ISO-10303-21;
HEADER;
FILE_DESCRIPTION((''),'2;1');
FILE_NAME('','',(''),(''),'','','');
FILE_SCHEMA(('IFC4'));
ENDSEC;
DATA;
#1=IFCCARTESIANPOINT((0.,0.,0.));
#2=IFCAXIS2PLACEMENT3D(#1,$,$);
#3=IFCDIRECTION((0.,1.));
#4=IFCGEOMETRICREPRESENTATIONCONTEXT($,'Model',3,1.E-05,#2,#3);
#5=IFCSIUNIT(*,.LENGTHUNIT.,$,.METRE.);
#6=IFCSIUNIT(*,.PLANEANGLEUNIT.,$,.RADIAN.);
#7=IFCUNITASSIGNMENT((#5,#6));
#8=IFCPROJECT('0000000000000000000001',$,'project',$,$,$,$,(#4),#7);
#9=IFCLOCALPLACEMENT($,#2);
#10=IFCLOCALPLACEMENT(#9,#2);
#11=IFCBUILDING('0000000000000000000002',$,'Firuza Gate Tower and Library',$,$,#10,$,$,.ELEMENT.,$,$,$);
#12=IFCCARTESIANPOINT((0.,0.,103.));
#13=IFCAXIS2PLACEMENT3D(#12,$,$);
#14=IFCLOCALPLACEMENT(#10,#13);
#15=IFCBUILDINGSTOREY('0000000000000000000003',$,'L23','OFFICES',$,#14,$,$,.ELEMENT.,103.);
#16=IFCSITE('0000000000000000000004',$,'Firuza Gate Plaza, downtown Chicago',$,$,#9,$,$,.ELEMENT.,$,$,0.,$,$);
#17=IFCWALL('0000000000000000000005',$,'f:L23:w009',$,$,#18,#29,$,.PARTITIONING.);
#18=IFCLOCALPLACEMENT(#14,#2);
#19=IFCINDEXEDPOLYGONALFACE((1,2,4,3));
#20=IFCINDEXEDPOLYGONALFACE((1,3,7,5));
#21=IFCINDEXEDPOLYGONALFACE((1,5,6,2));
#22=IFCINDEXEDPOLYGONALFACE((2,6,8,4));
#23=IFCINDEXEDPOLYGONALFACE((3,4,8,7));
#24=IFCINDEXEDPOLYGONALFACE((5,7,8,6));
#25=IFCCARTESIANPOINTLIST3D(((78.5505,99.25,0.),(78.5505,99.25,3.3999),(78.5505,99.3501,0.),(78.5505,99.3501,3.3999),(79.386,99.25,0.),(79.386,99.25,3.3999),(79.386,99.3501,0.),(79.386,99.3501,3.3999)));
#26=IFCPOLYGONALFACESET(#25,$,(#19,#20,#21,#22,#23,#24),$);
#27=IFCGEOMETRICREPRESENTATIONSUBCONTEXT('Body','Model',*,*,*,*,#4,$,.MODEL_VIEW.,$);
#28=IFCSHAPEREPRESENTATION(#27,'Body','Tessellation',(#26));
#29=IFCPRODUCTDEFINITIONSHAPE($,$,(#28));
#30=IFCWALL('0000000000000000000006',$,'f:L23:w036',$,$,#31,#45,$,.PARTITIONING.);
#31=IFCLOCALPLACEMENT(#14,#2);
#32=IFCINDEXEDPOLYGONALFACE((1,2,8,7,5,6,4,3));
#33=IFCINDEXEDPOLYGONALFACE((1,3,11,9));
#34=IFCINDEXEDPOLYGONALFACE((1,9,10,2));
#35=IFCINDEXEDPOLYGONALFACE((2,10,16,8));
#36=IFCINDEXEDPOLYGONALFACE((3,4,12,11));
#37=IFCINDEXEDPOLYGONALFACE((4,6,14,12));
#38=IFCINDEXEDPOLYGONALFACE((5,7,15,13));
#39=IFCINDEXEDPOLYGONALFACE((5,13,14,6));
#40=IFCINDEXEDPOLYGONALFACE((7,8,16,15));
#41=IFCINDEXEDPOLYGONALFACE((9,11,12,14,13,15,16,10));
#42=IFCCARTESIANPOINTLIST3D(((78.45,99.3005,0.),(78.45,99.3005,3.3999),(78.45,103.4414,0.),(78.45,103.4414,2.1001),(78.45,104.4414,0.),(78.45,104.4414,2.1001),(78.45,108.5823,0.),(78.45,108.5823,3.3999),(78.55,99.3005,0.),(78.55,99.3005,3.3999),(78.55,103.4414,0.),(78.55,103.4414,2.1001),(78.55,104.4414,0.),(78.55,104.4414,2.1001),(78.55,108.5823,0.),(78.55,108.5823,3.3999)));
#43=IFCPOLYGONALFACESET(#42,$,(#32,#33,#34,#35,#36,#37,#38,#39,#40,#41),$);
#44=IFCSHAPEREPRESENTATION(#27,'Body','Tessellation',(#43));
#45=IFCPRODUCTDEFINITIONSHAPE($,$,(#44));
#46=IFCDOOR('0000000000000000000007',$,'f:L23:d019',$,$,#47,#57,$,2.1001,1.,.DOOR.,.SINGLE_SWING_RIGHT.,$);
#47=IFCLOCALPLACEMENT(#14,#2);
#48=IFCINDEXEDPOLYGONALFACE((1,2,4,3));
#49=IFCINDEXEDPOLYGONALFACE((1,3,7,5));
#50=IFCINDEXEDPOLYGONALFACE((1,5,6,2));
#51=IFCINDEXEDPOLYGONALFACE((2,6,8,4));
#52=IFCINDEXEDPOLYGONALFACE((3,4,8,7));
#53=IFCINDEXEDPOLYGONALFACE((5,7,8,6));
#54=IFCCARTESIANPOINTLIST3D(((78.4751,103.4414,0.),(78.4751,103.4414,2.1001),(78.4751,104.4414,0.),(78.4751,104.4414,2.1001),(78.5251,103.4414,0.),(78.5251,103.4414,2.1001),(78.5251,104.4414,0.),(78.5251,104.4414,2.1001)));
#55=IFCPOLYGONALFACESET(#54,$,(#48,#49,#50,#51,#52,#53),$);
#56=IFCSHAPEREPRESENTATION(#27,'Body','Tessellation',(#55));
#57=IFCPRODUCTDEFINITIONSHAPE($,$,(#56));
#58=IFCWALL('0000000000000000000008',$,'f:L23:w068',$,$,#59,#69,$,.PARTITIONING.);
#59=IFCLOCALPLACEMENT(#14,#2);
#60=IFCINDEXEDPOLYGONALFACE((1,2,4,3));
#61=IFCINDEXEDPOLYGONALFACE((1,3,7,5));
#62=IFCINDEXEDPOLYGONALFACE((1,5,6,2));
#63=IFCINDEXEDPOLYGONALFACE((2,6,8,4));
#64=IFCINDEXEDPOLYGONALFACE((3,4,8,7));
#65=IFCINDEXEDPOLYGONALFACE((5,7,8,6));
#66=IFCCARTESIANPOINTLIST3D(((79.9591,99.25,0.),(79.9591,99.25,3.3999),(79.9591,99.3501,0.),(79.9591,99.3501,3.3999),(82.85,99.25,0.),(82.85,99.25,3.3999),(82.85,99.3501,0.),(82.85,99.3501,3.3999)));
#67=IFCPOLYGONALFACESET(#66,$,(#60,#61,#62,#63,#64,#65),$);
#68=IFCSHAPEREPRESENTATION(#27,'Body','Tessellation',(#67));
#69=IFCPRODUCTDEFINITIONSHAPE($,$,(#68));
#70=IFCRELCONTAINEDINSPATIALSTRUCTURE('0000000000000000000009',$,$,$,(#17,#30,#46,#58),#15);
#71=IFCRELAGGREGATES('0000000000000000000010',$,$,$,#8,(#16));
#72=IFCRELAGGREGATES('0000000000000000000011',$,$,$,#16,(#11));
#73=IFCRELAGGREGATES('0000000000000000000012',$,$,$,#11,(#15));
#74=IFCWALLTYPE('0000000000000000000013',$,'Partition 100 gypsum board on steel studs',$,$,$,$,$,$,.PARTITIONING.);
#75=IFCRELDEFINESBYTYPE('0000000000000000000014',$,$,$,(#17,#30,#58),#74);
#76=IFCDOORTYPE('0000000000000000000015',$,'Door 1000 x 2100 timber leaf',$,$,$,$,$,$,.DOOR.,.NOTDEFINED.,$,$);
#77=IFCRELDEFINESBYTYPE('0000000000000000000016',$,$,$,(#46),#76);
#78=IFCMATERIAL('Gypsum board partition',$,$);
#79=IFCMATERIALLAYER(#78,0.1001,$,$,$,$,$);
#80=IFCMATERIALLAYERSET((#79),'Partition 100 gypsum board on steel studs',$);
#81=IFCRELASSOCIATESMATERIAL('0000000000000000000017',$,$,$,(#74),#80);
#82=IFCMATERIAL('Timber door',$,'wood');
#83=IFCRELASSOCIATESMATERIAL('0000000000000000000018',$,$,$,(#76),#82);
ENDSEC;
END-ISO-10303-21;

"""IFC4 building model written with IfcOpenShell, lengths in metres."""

from ifc_helpers import new_model, si_unit, direction, frame, frame_2d, origin, place, context, subcontext, project, spatial, rectangle, extrude, material, layer, layer_set, type_object, element, fill, save


model = new_model("IFC4")

# Units and contexts
model_context = context("Model", 3, precision=1e-05, world=origin(), true_north=direction((0.0, 1.0)))
body_context = subcontext(model_context, "Body", "Model", "MODEL_VIEW")
ifc_project = project(units=[si_unit("LENGTHUNIT", "METRE"), si_unit("PLANEANGLEUNIT", "RADIAN")], contexts=[model_context])

# Site, building, storey
site_placement = place(None, origin())
site = spatial("IfcSite", under=ifc_project, at=site_placement, Name="Firuza Gate Plaza, downtown Chicago", CompositionType="ELEMENT", RefElevation=0.0)
building_placement = place(site_placement, origin())
building = spatial("IfcBuilding", under=site, at=building_placement, Name="Firuza Gate Tower and Library", CompositionType="ELEMENT")
storey_placement = place(building_placement, frame((0.0, 0.0, 103.0)))
storey = spatial("IfcBuildingStorey", under=building, at=storey_placement, Name="L23", Description="OFFICES", CompositionType="ELEMENT", Elevation=103.0)

# Wall
ifc_material_1 = material(Name="Gypsum board partition")
ifc_layer_1 = layer(ifc_material_1, 0.1001)
ifc_layer_set_1 = layer_set([ifc_layer_1], Name="Partition 100 gypsum board on steel studs")
wall_type_1 = type_object("IfcWallType", Name="Partition 100 gypsum board on steel studs", PredefinedType="PARTITIONING", material=ifc_layer_set_1)
wall_1_placement = place(storey_placement, frame((78.5505, 99.3, 0.0), z_axis=(0.0, 0.0, 1.0), x_axis=(1.0, 0.0, 0.0)))
element("IfcWall", 1, at=wall_1_placement, inside=storey, type_object=wall_type_1, Name="f:L23:w009", PredefinedType="PARTITIONING", context=body_context, shape_type="SweptSolid", body=[
    extrude(rectangle(XDim=0.8354, YDim=0.1001, at=frame_2d((0.4177, 0.0))), origin(), (0.0, 0.0, 1.0), 3.3999),
])

# Wall, opening, door
wall_2_placement = place(storey_placement, frame((78.5, 99.3005, 0.0), z_axis=(0.0, 0.0, 1.0), x_axis=(0.0, 1.0, 0.0)))
wall_2 = element("IfcWall", 2, at=wall_2_placement, inside=storey, type_object=wall_type_1, Name="f:L23:w036", PredefinedType="PARTITIONING", context=body_context, shape_type="SweptSolid", body=[
    extrude(rectangle(XDim=9.2817, YDim=0.1001, at=frame_2d((4.6409, 0.0))), origin(), (0.0, 0.0, 1.0), 3.3999),
])
opening_1_placement = place(wall_2_placement, frame((4.1409, 0.0, 0.0)))
opening_1 = element("IfcOpeningElement", 3, at=opening_1_placement, cuts=wall_2, PredefinedType="OPENING", context=body_context, shape_type="SweptSolid", body=[
    extrude(rectangle(XDim=1.0, YDim=2.1001, at=frame_2d((0.5, 1.05))), frame((0.0, 0.0601, 0.0), z_axis=(0.0, -1.0, 0.0), x_axis=(1.0, 0.0, 0.0)), (0.0, 0.0, 1.0), 0.1201),
])
ifc_material_2 = material(Name="Timber door", Category="wood")
door_type_1 = type_object("IfcDoorType", Name="Door 1000 x 2100 timber leaf", OperationType="NOTDEFINED", PredefinedType="DOOR", material=ifc_material_2)
door_1_placement = place(opening_1_placement, origin())
door_1 = element("IfcDoor", 4, at=door_1_placement, inside=storey, type_object=door_type_1, Name="f:L23:d019", OperationType="SINGLE_SWING_RIGHT", OverallHeight=2.1001, OverallWidth=1.0, PredefinedType="DOOR", context=body_context, shape_type="SweptSolid", body=[
    extrude(rectangle(XDim=1.0, YDim=2.1001, at=frame_2d((0.5, 1.05))), frame((0.0, 0.0249, 0.0), z_axis=(0.0, -1.0, 0.0), x_axis=(1.0, 0.0, 0.0)), (0.0, 0.0, 1.0), 0.05),
])
fill(opening_1, door_1)

# Wall
wall_3_placement = place(storey_placement, frame((79.9592, 99.3, 0.0), z_axis=(0.0, 0.0, 1.0), x_axis=(1.0, 0.0, 0.0)))
element("IfcWall", 5, at=wall_3_placement, inside=storey, type_object=wall_type_1, Name="f:L23:w068", PredefinedType="PARTITIONING", context=body_context, shape_type="SweptSolid", body=[
    extrude(rectangle(XDim=2.8909, YDim=0.1001, at=frame_2d((1.4453, 0.0))), origin(), (0.0, 0.0, 1.0), 3.3999),
])

save(model, "model.ifc")
